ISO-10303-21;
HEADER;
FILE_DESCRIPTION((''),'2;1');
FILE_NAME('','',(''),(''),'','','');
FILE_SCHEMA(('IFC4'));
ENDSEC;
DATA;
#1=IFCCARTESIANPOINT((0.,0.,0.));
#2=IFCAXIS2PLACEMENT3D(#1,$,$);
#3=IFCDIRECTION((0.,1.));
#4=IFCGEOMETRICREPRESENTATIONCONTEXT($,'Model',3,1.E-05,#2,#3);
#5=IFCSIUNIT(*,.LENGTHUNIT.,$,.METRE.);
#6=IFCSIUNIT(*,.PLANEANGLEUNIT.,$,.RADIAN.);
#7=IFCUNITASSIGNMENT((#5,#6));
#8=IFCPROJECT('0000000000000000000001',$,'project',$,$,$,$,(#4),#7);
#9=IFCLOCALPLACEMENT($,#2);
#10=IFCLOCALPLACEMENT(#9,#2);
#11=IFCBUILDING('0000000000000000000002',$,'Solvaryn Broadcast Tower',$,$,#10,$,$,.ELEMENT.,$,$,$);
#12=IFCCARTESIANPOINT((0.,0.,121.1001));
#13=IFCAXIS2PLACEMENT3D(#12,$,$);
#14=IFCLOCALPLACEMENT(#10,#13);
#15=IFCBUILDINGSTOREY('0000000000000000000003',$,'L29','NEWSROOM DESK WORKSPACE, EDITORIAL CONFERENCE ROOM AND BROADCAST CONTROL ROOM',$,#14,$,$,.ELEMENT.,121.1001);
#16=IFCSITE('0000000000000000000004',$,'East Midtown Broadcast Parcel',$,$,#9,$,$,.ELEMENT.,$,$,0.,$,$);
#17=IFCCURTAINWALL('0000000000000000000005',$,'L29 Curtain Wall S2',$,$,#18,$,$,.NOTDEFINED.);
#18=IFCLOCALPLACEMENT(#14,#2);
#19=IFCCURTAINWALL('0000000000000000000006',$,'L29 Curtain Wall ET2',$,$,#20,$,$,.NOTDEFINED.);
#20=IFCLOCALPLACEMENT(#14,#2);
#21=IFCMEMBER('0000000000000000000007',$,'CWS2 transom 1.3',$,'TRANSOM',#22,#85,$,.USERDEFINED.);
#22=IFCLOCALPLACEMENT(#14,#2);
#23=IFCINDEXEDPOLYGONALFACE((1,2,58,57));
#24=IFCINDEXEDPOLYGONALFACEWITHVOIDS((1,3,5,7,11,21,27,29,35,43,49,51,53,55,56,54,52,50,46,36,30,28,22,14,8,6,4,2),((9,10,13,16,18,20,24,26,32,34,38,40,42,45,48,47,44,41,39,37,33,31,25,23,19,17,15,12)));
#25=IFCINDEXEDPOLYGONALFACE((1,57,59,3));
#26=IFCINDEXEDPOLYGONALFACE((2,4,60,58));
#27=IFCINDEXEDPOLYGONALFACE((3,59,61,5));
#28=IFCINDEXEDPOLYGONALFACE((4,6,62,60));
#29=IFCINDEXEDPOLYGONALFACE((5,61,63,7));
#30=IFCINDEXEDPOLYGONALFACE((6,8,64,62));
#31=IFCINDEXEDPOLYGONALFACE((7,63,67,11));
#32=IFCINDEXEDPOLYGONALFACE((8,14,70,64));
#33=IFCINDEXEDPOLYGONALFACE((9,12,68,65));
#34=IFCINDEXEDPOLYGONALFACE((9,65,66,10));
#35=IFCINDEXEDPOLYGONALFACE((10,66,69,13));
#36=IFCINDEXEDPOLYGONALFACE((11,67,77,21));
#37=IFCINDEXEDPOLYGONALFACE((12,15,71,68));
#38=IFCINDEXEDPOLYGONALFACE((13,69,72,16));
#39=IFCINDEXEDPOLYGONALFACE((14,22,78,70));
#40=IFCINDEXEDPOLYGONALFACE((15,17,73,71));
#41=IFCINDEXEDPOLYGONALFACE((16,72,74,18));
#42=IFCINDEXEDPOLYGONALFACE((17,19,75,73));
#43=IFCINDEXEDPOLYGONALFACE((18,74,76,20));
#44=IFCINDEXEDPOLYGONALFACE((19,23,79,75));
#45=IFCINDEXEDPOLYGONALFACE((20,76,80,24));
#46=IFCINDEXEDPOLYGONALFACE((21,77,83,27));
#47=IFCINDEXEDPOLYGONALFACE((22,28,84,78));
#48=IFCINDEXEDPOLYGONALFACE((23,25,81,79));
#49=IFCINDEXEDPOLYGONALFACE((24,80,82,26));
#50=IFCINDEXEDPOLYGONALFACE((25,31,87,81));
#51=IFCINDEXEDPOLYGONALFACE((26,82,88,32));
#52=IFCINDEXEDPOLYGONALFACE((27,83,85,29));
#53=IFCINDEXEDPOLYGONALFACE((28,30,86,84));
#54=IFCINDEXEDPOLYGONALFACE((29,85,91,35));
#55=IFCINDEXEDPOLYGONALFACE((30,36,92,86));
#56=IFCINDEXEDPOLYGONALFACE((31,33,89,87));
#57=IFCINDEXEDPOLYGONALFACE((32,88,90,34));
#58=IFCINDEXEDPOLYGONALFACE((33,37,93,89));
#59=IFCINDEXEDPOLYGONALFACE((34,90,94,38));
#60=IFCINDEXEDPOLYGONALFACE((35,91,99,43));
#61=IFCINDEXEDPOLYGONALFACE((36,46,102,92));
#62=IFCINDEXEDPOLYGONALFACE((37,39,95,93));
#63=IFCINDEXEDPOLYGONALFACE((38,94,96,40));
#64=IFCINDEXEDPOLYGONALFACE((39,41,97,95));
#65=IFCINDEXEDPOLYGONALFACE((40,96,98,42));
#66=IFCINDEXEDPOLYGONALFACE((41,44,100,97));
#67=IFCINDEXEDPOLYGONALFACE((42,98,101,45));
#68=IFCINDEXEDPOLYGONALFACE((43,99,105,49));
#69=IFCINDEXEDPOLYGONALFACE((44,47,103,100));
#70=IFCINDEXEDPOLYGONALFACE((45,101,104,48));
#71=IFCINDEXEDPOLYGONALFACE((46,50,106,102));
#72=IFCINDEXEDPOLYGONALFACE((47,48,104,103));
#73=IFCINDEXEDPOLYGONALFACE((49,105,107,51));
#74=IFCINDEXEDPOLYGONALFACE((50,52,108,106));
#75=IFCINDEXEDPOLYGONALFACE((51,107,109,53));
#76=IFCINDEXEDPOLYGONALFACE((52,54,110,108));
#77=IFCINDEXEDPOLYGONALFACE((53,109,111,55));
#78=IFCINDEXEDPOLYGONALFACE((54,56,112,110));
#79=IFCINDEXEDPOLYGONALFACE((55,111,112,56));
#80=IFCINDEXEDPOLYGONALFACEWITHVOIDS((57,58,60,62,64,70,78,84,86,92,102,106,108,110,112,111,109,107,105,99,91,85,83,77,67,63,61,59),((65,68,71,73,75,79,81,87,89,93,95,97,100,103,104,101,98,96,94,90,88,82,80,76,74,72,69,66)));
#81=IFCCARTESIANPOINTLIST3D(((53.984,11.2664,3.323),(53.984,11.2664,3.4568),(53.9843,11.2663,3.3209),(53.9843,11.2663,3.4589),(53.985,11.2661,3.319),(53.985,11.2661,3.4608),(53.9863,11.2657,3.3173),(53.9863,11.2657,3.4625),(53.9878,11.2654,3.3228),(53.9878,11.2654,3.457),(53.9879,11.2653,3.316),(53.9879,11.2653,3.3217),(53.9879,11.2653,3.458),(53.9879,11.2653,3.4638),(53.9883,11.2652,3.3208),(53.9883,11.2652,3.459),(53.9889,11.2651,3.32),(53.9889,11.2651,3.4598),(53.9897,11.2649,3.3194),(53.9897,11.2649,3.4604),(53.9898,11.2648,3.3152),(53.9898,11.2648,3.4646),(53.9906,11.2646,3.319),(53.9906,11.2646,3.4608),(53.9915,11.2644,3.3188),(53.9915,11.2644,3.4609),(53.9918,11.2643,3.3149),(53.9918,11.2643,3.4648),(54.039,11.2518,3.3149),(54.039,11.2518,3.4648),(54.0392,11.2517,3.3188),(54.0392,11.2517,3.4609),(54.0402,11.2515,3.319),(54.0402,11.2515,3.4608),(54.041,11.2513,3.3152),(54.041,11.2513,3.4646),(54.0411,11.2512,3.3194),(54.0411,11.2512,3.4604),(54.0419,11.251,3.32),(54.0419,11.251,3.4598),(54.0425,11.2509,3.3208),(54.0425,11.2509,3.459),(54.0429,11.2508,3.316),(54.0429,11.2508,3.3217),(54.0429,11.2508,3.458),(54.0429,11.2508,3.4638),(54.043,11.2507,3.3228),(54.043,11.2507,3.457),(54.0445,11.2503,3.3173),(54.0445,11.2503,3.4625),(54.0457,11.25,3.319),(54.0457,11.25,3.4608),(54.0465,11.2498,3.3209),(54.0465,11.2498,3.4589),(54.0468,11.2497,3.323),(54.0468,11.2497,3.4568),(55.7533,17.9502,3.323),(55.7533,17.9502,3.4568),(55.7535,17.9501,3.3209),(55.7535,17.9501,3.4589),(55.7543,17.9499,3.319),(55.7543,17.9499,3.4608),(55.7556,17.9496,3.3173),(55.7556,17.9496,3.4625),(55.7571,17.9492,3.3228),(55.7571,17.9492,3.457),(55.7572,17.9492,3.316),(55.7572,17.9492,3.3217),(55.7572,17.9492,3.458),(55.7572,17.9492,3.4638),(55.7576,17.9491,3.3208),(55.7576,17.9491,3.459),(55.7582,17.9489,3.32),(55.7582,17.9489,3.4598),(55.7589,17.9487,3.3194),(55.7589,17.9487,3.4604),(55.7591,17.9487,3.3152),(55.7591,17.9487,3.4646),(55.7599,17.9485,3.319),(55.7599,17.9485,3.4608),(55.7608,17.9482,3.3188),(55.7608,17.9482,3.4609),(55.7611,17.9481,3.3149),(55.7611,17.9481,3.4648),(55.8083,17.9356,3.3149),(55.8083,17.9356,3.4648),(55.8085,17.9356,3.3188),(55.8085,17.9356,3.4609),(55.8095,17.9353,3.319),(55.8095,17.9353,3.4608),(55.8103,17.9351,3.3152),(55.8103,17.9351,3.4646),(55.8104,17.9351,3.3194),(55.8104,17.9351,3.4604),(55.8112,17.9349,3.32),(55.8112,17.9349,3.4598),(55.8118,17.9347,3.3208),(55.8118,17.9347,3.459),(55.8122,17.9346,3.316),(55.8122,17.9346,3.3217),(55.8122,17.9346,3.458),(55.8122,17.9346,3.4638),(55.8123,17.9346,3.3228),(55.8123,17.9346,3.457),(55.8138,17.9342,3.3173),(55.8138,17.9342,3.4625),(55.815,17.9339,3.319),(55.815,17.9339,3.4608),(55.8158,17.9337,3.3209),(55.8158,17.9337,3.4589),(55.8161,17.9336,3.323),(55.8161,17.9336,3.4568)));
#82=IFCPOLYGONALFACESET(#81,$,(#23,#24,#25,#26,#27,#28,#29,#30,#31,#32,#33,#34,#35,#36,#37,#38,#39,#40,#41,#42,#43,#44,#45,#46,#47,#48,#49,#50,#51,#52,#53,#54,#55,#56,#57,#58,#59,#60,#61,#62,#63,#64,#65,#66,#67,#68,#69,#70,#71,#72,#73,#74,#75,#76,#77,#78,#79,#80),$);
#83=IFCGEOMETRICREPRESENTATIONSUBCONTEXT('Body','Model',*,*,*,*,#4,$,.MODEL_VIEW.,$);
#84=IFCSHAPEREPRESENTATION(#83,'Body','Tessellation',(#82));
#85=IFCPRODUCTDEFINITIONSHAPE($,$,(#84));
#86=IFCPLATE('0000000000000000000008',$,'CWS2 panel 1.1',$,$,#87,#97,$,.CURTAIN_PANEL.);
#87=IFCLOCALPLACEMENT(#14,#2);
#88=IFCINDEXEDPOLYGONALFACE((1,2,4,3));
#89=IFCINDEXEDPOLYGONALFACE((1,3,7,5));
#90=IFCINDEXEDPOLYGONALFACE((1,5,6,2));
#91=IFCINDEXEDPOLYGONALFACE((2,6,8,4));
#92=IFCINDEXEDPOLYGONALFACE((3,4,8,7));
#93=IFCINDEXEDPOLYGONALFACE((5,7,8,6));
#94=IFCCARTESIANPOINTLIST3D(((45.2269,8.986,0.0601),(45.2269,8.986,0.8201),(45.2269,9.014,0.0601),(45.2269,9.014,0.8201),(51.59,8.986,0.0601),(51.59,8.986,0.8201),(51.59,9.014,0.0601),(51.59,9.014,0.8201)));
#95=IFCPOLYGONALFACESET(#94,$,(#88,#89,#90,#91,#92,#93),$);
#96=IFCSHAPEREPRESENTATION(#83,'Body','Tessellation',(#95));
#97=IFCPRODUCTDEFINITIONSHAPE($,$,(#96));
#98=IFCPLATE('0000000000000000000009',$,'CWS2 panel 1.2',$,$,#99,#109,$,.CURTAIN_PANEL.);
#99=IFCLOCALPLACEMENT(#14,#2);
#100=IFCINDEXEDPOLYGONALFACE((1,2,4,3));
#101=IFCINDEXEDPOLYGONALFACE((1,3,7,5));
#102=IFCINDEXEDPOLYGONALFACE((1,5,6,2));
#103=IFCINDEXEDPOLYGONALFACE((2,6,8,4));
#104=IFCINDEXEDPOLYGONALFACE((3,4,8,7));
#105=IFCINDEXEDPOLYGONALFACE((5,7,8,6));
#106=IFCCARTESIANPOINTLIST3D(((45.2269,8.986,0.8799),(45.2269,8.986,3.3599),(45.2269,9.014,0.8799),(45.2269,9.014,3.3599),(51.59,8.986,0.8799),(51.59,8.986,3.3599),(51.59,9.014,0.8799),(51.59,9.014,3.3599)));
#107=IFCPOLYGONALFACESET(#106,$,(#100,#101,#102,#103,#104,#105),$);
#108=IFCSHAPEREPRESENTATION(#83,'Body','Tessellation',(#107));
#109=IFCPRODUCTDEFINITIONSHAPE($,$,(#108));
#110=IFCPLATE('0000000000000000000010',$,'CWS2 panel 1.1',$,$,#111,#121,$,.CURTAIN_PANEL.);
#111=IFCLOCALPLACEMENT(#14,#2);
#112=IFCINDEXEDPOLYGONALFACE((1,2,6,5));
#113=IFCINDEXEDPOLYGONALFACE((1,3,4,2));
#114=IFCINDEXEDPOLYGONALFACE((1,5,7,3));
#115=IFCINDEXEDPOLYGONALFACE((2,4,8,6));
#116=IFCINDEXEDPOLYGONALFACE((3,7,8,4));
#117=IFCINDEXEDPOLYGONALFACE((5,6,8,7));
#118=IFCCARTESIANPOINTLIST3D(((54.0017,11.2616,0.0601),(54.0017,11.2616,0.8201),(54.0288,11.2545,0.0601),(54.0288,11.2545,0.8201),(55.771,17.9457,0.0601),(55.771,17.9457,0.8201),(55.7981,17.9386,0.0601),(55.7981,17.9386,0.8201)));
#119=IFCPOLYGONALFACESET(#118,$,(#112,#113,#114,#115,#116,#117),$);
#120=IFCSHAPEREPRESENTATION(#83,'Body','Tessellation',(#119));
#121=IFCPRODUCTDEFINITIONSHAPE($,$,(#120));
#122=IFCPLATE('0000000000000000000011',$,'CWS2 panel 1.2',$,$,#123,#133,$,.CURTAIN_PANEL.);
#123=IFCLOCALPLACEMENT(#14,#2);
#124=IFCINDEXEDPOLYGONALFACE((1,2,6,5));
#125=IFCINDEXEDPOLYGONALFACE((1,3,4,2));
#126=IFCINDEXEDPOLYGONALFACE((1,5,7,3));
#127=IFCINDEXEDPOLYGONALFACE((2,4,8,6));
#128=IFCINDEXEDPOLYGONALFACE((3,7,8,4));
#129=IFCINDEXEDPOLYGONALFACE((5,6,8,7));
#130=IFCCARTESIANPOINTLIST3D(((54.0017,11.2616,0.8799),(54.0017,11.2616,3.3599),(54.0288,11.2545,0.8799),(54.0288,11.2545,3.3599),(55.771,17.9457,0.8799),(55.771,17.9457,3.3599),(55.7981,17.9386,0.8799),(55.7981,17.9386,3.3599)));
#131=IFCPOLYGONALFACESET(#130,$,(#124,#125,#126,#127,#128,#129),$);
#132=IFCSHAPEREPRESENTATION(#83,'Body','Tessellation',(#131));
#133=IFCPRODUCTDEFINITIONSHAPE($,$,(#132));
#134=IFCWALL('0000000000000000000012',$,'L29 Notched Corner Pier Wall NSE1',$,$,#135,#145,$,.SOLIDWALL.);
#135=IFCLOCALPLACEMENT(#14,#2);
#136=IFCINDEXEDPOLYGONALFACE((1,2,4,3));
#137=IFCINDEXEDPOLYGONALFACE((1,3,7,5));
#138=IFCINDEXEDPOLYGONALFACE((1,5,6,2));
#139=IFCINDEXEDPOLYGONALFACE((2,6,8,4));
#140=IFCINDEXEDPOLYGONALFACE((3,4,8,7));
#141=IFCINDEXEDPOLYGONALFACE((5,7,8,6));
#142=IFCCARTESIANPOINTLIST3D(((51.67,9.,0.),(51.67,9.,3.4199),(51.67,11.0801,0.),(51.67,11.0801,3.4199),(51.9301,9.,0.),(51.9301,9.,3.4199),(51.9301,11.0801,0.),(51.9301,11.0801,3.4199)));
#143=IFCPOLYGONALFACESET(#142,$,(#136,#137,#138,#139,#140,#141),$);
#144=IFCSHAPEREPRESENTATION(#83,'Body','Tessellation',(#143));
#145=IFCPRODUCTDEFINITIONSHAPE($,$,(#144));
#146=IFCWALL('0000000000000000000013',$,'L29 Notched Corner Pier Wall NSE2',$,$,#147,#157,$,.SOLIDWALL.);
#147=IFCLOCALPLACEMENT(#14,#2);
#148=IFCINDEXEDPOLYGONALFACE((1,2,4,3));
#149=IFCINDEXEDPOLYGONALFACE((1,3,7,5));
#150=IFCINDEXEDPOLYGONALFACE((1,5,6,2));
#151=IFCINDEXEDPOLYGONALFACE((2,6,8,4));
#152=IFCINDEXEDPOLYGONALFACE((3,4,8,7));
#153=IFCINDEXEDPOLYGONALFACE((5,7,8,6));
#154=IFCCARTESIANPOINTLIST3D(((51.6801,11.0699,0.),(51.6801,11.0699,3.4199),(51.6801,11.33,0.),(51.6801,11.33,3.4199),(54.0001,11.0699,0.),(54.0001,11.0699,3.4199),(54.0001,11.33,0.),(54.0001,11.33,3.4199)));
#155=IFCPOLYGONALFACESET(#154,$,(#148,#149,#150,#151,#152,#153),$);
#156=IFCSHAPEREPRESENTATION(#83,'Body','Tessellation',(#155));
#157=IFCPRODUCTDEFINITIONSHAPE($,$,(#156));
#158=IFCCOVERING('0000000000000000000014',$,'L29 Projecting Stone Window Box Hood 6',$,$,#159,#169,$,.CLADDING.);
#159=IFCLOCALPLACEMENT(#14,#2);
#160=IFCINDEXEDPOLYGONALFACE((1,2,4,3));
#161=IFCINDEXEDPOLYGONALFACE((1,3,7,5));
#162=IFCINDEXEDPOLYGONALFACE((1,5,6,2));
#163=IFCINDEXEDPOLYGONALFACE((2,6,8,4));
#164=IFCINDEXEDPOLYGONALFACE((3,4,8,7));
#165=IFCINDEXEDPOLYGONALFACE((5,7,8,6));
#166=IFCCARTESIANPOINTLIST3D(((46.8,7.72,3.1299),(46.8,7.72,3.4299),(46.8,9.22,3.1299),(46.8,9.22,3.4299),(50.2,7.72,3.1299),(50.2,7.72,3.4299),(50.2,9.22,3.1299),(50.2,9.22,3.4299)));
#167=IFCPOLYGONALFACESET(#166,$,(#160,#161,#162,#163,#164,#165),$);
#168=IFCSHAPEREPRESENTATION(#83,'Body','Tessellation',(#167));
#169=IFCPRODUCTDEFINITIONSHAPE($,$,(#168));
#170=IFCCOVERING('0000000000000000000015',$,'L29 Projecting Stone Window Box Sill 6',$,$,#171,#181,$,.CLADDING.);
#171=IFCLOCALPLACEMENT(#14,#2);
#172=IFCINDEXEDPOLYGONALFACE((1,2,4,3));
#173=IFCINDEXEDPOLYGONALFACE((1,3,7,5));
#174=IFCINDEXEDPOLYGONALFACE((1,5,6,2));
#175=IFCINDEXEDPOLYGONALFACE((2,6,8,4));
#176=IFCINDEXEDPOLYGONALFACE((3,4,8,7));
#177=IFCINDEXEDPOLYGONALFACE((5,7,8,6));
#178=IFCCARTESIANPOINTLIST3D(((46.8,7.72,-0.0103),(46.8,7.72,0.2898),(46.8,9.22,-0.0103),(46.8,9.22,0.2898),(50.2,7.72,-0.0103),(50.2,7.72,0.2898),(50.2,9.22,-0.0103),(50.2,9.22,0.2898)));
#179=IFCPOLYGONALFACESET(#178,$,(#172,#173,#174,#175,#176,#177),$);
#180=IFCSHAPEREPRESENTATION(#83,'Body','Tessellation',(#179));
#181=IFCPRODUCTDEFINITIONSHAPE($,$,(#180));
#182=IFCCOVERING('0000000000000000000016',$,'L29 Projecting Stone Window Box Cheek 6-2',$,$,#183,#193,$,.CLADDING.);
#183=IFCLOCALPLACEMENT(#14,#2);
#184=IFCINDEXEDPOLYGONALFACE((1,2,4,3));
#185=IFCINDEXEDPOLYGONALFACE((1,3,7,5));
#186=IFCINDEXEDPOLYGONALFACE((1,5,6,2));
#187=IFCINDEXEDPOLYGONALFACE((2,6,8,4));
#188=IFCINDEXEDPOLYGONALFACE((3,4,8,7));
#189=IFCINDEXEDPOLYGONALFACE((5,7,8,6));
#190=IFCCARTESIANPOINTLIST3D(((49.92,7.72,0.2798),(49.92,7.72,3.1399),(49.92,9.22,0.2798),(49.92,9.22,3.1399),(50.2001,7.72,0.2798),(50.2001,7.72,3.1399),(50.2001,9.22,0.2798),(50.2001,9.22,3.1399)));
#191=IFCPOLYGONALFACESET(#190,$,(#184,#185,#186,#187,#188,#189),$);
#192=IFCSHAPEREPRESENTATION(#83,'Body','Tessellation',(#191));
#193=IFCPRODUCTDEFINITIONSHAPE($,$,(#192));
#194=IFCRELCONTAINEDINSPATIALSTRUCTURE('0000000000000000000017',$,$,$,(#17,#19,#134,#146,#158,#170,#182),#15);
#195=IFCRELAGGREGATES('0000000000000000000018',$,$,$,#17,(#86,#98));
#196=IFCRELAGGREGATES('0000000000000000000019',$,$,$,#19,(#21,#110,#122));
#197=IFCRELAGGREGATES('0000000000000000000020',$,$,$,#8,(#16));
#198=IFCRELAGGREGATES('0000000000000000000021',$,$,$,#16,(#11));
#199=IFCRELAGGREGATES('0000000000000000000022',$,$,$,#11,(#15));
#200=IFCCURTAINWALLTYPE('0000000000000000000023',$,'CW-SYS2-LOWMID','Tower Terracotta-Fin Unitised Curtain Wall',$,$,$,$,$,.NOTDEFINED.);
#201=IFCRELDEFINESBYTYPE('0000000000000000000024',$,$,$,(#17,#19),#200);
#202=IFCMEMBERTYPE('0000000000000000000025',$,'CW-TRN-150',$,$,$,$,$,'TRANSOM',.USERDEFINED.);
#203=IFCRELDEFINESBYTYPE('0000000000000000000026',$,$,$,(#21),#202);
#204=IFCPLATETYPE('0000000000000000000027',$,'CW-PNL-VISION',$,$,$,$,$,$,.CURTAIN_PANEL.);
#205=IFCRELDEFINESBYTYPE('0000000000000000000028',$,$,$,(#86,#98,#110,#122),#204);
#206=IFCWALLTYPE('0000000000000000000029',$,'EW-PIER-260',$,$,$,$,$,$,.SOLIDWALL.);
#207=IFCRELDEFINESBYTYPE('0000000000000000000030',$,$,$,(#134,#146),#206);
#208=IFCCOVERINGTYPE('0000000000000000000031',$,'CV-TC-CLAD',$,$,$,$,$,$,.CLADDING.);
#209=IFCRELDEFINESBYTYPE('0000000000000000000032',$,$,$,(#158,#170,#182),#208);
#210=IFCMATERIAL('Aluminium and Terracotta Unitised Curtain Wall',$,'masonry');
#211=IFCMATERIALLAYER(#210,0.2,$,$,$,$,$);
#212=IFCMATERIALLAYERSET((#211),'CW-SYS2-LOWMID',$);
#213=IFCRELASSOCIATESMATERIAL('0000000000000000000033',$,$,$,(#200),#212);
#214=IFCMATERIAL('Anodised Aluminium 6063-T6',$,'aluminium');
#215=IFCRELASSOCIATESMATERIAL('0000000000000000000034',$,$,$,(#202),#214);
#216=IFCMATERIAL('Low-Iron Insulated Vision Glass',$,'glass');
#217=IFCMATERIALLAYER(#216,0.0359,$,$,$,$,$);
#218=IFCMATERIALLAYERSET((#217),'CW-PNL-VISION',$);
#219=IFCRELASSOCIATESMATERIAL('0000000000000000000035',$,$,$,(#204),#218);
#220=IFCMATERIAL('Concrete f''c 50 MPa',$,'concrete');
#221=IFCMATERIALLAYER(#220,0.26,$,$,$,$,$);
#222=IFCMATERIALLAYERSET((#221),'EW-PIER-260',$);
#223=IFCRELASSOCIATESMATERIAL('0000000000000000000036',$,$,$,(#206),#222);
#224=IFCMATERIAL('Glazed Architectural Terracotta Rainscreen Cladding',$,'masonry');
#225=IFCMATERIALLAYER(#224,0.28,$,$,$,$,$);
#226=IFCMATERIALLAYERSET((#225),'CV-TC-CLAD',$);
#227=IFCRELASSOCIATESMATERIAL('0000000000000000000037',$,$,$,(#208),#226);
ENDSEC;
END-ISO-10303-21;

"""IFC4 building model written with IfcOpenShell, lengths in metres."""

from ifc_helpers import new_model, si_unit, direction, frame, frame_2d, origin, origin_2d, place, context, subcontext, project, spatial, rectangle, hollow_rectangle, extrude, material, layer, layer_set, material_profile, profile_set, type_object, element, aggregate, save


model = new_model("IFC4")

# Units and contexts
model_context = context("Model", 3, precision=1e-05, world=origin(), true_north=direction((0.0, 1.0)))
body_context = subcontext(model_context, "Body", "Model", "MODEL_VIEW")
ifc_project = project(units=[si_unit("LENGTHUNIT", "METRE"), si_unit("PLANEANGLEUNIT", "RADIAN")], contexts=[model_context])

# Site, building, storey
site_placement = place(None, origin())
site = spatial("IfcSite", under=ifc_project, at=site_placement, Name="East Midtown Broadcast Parcel", CompositionType="ELEMENT", RefElevation=0.0)
building_placement = place(site_placement, origin())
building = spatial("IfcBuilding", under=site, at=building_placement, Name="Solvaryn Broadcast Tower", CompositionType="ELEMENT")
storey_placement = place(building_placement, frame((0.0, 0.0, 121.1001)))
storey = spatial("IfcBuildingStorey", under=building, at=storey_placement, Name="L29", Description="NEWSROOM DESK WORKSPACE, EDITORIAL CONFERENCE ROOM AND BROADCAST CONTROL ROOM", CompositionType="ELEMENT", Elevation=121.1001)

# Curtain wall
ifc_material_1 = material(Name="Aluminium and Terracotta Unitised Curtain Wall", Category="masonry")
ifc_layer_1 = layer(ifc_material_1, 0.2)
ifc_layer_set_1 = layer_set([ifc_layer_1], Name="CW-SYS2-LOWMID")
curtain_wall_type = type_object("IfcCurtainWallType", Name="CW-SYS2-LOWMID", Description="Tower Terracotta-Fin Unitised Curtain Wall", PredefinedType="NOTDEFINED", material=ifc_layer_set_1)
curtain_wall_1_placement = place(storey_placement, origin())
curtain_wall_1 = element("IfcCurtainWall", 1, at=curtain_wall_1_placement, inside=storey, type_object=curtain_wall_type, Name="L29 Curtain Wall S2", PredefinedType="NOTDEFINED")

# Curtain wall, member
curtain_wall_2_placement = place(storey_placement, origin())
curtain_wall_2 = element("IfcCurtainWall", 2, at=curtain_wall_2_placement, inside=storey, type_object=curtain_wall_type, Name="L29 Curtain Wall ET2", PredefinedType="NOTDEFINED")
ifc_material_2 = material(Name="Anodised Aluminium 6063-T6", Category="aluminium")
ifc_material_profile_1 = material_profile(ifc_material_2, hollow_rectangle(XDim=0.0649, YDim=0.1499, WallThickness=0.0039, InnerFilletRadius=0.0039, OuterFilletRadius=0.0081, at=origin_2d()))
ifc_profile_set_1 = profile_set([ifc_material_profile_1], Name="Anodised Aluminium 6063-T6")
member_type_1 = type_object("IfcMemberType", Name="CW-TRN-150", ElementType="TRANSOM", PredefinedType="USERDEFINED", material=ifc_profile_set_1)
member_1_placement = place(storey_placement, frame((55.7847, 17.9419, 3.3899), z_axis=(-0.255897, -0.966704, 0.0), x_axis=(0.966704, -0.255897, 0.0)))
member_1 = element("IfcMember", 3, at=member_1_placement, type_object=member_type_1, Name="CWS2 transom 1.3", ObjectType="TRANSOM", PredefinedType="USERDEFINED", context=body_context, shape_type="SweptSolid", body=[
    extrude(hollow_rectangle(XDim=0.0649, YDim=0.1499, WallThickness=0.0039, InnerFilletRadius=0.0039, OuterFilletRadius=0.0081, at=origin_2d()), origin(), (0.0, 0.0, 1.0), 6.9141),
])

# Plates
ifc_material_3 = material(Name="Low-Iron Insulated Vision Glass", Category="glass")
ifc_layer_2 = layer(ifc_material_3, 0.0359)
ifc_layer_set_2 = layer_set([ifc_layer_2], Name="CW-PNL-VISION")
plate_type = type_object("IfcPlateType", Name="CW-PNL-VISION", PredefinedType="CURTAIN_PANEL", material=ifc_layer_set_2)
plate_1_placement = place(storey_placement, frame((48.4084, 9.0, 0.0601), z_axis=(0.0, 0.0, 1.0), x_axis=(1.0, 0.0, 0.0)))
plate_1 = element("IfcPlate", 4, at=plate_1_placement, type_object=plate_type, Name="CWS2 panel 1.1", PredefinedType="CURTAIN_PANEL", context=body_context, shape_type="SweptSolid", body=[
    extrude(rectangle(XDim=6.363, YDim=0.0281, at=origin_2d()), origin(), (0.0, 0.0, 1.0), 0.76),
])
plate_2_placement = place(storey_placement, frame((48.4084, 9.0, 0.8799), z_axis=(0.0, 0.0, 1.0), x_axis=(1.0, 0.0, 0.0)))
plate_2 = element("IfcPlate", 5, at=plate_2_placement, type_object=plate_type, Name="CWS2 panel 1.2", PredefinedType="CURTAIN_PANEL", context=body_context, shape_type="SweptSolid", body=[
    extrude(rectangle(XDim=6.363, YDim=0.0281, at=origin_2d()), origin(), (0.0, 0.0, 1.0), 2.48),
])
aggregate(curtain_wall_1, [plate_1, plate_2])
plate_3_placement = place(storey_placement, frame((54.8999, 14.6001, 0.0601), z_axis=(0.0, 0.0, 1.0), x_axis=(-0.255893, -0.966705, 0.0)))
plate_3 = element("IfcPlate", 6, at=plate_3_placement, type_object=plate_type, Name="CWS2 panel 1.1", PredefinedType="CURTAIN_PANEL", context=body_context, shape_type="SweptSolid", body=[
    extrude(rectangle(XDim=6.9143, YDim=0.0281, at=origin_2d()), origin(), (0.0, 0.0, 1.0), 0.76),
])
plate_4_placement = place(storey_placement, frame((54.8999, 14.6001, 0.8799), z_axis=(0.0, 0.0, 1.0), x_axis=(-0.255893, -0.966705, 0.0)))
plate_4 = element("IfcPlate", 7, at=plate_4_placement, type_object=plate_type, Name="CWS2 panel 1.2", PredefinedType="CURTAIN_PANEL", context=body_context, shape_type="SweptSolid", body=[
    extrude(rectangle(XDim=6.9143, YDim=0.0281, at=origin_2d()), origin(), (0.0, 0.0, 1.0), 2.48),
])
aggregate(curtain_wall_2, [member_1, plate_3, plate_4])

# Walls
ifc_material_4 = material(Name="Concrete f'c 50 MPa", Category="concrete")
ifc_layer_3 = layer(ifc_material_4, 0.26)
ifc_layer_set_3 = layer_set([ifc_layer_3], Name="EW-PIER-260")
wall_type = type_object("IfcWallType", Name="EW-PIER-260", PredefinedType="SOLIDWALL", material=ifc_layer_set_3)
wall_1_placement = place(storey_placement, frame((51.8, 9.0, 0.0), z_axis=(0.0, 0.0, 1.0), x_axis=(0.0, 1.0, 0.0)))
element("IfcWall", 8, at=wall_1_placement, inside=storey, type_object=wall_type, Name="L29 Notched Corner Pier Wall NSE1", PredefinedType="SOLIDWALL", context=body_context, shape_type="SweptSolid", body=[
    extrude(rectangle(XDim=2.0801, YDim=0.26, at=frame_2d((1.04, 0.0))), origin(), (0.0, 0.0, 1.0), 3.4199),
])
wall_2_placement = place(storey_placement, frame((51.6799, 11.2, 0.0), z_axis=(0.0, 0.0, 1.0), x_axis=(1.0, 0.0, 0.0)))
element("IfcWall", 9, at=wall_2_placement, inside=storey, type_object=wall_type, Name="L29 Notched Corner Pier Wall NSE2", PredefinedType="SOLIDWALL", context=body_context, shape_type="SweptSolid", body=[
    extrude(rectangle(XDim=2.3201, YDim=0.26, at=frame_2d((1.1602, 0.0))), origin(), (0.0, 0.0, 1.0), 3.4199),
])

# Coverings
ifc_material_5 = material(Name="Glazed Architectural Terracotta Rainscreen Cladding", Category="masonry")
ifc_layer_4 = layer(ifc_material_5, 0.28)
ifc_layer_set_4 = layer_set([ifc_layer_4], Name="CV-TC-CLAD")
covering_type_1 = type_object("IfcCoveringType", Name="CV-TC-CLAD", PredefinedType="CLADDING", material=ifc_layer_set_4)
for number, where, z_axis, x_axis, name in (
    (10, (48.5, 8.47, 3.1299), (0.0, 0.0, 1.0), (1.0, 0.0, 0.0), "L29 Projecting Stone Window Box Hood 6"),
    (11, (48.5, 8.47, -0.0103), (0.0, 0.0, 1.0), (1.0, 0.0, 0.0), "L29 Projecting Stone Window Box Sill 6"),
):
    element("IfcCovering", number, at=place(storey_placement, frame(where, z_axis=z_axis, x_axis=x_axis)), inside=storey, type_object=covering_type_1, Name=name, PredefinedType="CLADDING", context=body_context, shape_type="SweptSolid", body=[
        extrude(rectangle(XDim=3.3999, YDim=1.5, at=origin_2d()), origin(), (0.0, 0.0, 1.0), 0.3),
    ])
covering_1_placement = place(storey_placement, frame((50.0601, 8.47, 0.2798), z_axis=(0.0, 0.0, 1.0), x_axis=(1.0, 0.0, 0.0)))
element("IfcCovering", 12, at=covering_1_placement, inside=storey, type_object=covering_type_1, Name="L29 Projecting Stone Window Box Cheek 6-2", PredefinedType="CLADDING", context=body_context, shape_type="SweptSolid", body=[
    extrude(rectangle(XDim=0.28, YDim=1.5, at=origin_2d()), origin(), (0.0, 0.0, 1.0), 2.8601),
])

save(model, "model.ifc")
